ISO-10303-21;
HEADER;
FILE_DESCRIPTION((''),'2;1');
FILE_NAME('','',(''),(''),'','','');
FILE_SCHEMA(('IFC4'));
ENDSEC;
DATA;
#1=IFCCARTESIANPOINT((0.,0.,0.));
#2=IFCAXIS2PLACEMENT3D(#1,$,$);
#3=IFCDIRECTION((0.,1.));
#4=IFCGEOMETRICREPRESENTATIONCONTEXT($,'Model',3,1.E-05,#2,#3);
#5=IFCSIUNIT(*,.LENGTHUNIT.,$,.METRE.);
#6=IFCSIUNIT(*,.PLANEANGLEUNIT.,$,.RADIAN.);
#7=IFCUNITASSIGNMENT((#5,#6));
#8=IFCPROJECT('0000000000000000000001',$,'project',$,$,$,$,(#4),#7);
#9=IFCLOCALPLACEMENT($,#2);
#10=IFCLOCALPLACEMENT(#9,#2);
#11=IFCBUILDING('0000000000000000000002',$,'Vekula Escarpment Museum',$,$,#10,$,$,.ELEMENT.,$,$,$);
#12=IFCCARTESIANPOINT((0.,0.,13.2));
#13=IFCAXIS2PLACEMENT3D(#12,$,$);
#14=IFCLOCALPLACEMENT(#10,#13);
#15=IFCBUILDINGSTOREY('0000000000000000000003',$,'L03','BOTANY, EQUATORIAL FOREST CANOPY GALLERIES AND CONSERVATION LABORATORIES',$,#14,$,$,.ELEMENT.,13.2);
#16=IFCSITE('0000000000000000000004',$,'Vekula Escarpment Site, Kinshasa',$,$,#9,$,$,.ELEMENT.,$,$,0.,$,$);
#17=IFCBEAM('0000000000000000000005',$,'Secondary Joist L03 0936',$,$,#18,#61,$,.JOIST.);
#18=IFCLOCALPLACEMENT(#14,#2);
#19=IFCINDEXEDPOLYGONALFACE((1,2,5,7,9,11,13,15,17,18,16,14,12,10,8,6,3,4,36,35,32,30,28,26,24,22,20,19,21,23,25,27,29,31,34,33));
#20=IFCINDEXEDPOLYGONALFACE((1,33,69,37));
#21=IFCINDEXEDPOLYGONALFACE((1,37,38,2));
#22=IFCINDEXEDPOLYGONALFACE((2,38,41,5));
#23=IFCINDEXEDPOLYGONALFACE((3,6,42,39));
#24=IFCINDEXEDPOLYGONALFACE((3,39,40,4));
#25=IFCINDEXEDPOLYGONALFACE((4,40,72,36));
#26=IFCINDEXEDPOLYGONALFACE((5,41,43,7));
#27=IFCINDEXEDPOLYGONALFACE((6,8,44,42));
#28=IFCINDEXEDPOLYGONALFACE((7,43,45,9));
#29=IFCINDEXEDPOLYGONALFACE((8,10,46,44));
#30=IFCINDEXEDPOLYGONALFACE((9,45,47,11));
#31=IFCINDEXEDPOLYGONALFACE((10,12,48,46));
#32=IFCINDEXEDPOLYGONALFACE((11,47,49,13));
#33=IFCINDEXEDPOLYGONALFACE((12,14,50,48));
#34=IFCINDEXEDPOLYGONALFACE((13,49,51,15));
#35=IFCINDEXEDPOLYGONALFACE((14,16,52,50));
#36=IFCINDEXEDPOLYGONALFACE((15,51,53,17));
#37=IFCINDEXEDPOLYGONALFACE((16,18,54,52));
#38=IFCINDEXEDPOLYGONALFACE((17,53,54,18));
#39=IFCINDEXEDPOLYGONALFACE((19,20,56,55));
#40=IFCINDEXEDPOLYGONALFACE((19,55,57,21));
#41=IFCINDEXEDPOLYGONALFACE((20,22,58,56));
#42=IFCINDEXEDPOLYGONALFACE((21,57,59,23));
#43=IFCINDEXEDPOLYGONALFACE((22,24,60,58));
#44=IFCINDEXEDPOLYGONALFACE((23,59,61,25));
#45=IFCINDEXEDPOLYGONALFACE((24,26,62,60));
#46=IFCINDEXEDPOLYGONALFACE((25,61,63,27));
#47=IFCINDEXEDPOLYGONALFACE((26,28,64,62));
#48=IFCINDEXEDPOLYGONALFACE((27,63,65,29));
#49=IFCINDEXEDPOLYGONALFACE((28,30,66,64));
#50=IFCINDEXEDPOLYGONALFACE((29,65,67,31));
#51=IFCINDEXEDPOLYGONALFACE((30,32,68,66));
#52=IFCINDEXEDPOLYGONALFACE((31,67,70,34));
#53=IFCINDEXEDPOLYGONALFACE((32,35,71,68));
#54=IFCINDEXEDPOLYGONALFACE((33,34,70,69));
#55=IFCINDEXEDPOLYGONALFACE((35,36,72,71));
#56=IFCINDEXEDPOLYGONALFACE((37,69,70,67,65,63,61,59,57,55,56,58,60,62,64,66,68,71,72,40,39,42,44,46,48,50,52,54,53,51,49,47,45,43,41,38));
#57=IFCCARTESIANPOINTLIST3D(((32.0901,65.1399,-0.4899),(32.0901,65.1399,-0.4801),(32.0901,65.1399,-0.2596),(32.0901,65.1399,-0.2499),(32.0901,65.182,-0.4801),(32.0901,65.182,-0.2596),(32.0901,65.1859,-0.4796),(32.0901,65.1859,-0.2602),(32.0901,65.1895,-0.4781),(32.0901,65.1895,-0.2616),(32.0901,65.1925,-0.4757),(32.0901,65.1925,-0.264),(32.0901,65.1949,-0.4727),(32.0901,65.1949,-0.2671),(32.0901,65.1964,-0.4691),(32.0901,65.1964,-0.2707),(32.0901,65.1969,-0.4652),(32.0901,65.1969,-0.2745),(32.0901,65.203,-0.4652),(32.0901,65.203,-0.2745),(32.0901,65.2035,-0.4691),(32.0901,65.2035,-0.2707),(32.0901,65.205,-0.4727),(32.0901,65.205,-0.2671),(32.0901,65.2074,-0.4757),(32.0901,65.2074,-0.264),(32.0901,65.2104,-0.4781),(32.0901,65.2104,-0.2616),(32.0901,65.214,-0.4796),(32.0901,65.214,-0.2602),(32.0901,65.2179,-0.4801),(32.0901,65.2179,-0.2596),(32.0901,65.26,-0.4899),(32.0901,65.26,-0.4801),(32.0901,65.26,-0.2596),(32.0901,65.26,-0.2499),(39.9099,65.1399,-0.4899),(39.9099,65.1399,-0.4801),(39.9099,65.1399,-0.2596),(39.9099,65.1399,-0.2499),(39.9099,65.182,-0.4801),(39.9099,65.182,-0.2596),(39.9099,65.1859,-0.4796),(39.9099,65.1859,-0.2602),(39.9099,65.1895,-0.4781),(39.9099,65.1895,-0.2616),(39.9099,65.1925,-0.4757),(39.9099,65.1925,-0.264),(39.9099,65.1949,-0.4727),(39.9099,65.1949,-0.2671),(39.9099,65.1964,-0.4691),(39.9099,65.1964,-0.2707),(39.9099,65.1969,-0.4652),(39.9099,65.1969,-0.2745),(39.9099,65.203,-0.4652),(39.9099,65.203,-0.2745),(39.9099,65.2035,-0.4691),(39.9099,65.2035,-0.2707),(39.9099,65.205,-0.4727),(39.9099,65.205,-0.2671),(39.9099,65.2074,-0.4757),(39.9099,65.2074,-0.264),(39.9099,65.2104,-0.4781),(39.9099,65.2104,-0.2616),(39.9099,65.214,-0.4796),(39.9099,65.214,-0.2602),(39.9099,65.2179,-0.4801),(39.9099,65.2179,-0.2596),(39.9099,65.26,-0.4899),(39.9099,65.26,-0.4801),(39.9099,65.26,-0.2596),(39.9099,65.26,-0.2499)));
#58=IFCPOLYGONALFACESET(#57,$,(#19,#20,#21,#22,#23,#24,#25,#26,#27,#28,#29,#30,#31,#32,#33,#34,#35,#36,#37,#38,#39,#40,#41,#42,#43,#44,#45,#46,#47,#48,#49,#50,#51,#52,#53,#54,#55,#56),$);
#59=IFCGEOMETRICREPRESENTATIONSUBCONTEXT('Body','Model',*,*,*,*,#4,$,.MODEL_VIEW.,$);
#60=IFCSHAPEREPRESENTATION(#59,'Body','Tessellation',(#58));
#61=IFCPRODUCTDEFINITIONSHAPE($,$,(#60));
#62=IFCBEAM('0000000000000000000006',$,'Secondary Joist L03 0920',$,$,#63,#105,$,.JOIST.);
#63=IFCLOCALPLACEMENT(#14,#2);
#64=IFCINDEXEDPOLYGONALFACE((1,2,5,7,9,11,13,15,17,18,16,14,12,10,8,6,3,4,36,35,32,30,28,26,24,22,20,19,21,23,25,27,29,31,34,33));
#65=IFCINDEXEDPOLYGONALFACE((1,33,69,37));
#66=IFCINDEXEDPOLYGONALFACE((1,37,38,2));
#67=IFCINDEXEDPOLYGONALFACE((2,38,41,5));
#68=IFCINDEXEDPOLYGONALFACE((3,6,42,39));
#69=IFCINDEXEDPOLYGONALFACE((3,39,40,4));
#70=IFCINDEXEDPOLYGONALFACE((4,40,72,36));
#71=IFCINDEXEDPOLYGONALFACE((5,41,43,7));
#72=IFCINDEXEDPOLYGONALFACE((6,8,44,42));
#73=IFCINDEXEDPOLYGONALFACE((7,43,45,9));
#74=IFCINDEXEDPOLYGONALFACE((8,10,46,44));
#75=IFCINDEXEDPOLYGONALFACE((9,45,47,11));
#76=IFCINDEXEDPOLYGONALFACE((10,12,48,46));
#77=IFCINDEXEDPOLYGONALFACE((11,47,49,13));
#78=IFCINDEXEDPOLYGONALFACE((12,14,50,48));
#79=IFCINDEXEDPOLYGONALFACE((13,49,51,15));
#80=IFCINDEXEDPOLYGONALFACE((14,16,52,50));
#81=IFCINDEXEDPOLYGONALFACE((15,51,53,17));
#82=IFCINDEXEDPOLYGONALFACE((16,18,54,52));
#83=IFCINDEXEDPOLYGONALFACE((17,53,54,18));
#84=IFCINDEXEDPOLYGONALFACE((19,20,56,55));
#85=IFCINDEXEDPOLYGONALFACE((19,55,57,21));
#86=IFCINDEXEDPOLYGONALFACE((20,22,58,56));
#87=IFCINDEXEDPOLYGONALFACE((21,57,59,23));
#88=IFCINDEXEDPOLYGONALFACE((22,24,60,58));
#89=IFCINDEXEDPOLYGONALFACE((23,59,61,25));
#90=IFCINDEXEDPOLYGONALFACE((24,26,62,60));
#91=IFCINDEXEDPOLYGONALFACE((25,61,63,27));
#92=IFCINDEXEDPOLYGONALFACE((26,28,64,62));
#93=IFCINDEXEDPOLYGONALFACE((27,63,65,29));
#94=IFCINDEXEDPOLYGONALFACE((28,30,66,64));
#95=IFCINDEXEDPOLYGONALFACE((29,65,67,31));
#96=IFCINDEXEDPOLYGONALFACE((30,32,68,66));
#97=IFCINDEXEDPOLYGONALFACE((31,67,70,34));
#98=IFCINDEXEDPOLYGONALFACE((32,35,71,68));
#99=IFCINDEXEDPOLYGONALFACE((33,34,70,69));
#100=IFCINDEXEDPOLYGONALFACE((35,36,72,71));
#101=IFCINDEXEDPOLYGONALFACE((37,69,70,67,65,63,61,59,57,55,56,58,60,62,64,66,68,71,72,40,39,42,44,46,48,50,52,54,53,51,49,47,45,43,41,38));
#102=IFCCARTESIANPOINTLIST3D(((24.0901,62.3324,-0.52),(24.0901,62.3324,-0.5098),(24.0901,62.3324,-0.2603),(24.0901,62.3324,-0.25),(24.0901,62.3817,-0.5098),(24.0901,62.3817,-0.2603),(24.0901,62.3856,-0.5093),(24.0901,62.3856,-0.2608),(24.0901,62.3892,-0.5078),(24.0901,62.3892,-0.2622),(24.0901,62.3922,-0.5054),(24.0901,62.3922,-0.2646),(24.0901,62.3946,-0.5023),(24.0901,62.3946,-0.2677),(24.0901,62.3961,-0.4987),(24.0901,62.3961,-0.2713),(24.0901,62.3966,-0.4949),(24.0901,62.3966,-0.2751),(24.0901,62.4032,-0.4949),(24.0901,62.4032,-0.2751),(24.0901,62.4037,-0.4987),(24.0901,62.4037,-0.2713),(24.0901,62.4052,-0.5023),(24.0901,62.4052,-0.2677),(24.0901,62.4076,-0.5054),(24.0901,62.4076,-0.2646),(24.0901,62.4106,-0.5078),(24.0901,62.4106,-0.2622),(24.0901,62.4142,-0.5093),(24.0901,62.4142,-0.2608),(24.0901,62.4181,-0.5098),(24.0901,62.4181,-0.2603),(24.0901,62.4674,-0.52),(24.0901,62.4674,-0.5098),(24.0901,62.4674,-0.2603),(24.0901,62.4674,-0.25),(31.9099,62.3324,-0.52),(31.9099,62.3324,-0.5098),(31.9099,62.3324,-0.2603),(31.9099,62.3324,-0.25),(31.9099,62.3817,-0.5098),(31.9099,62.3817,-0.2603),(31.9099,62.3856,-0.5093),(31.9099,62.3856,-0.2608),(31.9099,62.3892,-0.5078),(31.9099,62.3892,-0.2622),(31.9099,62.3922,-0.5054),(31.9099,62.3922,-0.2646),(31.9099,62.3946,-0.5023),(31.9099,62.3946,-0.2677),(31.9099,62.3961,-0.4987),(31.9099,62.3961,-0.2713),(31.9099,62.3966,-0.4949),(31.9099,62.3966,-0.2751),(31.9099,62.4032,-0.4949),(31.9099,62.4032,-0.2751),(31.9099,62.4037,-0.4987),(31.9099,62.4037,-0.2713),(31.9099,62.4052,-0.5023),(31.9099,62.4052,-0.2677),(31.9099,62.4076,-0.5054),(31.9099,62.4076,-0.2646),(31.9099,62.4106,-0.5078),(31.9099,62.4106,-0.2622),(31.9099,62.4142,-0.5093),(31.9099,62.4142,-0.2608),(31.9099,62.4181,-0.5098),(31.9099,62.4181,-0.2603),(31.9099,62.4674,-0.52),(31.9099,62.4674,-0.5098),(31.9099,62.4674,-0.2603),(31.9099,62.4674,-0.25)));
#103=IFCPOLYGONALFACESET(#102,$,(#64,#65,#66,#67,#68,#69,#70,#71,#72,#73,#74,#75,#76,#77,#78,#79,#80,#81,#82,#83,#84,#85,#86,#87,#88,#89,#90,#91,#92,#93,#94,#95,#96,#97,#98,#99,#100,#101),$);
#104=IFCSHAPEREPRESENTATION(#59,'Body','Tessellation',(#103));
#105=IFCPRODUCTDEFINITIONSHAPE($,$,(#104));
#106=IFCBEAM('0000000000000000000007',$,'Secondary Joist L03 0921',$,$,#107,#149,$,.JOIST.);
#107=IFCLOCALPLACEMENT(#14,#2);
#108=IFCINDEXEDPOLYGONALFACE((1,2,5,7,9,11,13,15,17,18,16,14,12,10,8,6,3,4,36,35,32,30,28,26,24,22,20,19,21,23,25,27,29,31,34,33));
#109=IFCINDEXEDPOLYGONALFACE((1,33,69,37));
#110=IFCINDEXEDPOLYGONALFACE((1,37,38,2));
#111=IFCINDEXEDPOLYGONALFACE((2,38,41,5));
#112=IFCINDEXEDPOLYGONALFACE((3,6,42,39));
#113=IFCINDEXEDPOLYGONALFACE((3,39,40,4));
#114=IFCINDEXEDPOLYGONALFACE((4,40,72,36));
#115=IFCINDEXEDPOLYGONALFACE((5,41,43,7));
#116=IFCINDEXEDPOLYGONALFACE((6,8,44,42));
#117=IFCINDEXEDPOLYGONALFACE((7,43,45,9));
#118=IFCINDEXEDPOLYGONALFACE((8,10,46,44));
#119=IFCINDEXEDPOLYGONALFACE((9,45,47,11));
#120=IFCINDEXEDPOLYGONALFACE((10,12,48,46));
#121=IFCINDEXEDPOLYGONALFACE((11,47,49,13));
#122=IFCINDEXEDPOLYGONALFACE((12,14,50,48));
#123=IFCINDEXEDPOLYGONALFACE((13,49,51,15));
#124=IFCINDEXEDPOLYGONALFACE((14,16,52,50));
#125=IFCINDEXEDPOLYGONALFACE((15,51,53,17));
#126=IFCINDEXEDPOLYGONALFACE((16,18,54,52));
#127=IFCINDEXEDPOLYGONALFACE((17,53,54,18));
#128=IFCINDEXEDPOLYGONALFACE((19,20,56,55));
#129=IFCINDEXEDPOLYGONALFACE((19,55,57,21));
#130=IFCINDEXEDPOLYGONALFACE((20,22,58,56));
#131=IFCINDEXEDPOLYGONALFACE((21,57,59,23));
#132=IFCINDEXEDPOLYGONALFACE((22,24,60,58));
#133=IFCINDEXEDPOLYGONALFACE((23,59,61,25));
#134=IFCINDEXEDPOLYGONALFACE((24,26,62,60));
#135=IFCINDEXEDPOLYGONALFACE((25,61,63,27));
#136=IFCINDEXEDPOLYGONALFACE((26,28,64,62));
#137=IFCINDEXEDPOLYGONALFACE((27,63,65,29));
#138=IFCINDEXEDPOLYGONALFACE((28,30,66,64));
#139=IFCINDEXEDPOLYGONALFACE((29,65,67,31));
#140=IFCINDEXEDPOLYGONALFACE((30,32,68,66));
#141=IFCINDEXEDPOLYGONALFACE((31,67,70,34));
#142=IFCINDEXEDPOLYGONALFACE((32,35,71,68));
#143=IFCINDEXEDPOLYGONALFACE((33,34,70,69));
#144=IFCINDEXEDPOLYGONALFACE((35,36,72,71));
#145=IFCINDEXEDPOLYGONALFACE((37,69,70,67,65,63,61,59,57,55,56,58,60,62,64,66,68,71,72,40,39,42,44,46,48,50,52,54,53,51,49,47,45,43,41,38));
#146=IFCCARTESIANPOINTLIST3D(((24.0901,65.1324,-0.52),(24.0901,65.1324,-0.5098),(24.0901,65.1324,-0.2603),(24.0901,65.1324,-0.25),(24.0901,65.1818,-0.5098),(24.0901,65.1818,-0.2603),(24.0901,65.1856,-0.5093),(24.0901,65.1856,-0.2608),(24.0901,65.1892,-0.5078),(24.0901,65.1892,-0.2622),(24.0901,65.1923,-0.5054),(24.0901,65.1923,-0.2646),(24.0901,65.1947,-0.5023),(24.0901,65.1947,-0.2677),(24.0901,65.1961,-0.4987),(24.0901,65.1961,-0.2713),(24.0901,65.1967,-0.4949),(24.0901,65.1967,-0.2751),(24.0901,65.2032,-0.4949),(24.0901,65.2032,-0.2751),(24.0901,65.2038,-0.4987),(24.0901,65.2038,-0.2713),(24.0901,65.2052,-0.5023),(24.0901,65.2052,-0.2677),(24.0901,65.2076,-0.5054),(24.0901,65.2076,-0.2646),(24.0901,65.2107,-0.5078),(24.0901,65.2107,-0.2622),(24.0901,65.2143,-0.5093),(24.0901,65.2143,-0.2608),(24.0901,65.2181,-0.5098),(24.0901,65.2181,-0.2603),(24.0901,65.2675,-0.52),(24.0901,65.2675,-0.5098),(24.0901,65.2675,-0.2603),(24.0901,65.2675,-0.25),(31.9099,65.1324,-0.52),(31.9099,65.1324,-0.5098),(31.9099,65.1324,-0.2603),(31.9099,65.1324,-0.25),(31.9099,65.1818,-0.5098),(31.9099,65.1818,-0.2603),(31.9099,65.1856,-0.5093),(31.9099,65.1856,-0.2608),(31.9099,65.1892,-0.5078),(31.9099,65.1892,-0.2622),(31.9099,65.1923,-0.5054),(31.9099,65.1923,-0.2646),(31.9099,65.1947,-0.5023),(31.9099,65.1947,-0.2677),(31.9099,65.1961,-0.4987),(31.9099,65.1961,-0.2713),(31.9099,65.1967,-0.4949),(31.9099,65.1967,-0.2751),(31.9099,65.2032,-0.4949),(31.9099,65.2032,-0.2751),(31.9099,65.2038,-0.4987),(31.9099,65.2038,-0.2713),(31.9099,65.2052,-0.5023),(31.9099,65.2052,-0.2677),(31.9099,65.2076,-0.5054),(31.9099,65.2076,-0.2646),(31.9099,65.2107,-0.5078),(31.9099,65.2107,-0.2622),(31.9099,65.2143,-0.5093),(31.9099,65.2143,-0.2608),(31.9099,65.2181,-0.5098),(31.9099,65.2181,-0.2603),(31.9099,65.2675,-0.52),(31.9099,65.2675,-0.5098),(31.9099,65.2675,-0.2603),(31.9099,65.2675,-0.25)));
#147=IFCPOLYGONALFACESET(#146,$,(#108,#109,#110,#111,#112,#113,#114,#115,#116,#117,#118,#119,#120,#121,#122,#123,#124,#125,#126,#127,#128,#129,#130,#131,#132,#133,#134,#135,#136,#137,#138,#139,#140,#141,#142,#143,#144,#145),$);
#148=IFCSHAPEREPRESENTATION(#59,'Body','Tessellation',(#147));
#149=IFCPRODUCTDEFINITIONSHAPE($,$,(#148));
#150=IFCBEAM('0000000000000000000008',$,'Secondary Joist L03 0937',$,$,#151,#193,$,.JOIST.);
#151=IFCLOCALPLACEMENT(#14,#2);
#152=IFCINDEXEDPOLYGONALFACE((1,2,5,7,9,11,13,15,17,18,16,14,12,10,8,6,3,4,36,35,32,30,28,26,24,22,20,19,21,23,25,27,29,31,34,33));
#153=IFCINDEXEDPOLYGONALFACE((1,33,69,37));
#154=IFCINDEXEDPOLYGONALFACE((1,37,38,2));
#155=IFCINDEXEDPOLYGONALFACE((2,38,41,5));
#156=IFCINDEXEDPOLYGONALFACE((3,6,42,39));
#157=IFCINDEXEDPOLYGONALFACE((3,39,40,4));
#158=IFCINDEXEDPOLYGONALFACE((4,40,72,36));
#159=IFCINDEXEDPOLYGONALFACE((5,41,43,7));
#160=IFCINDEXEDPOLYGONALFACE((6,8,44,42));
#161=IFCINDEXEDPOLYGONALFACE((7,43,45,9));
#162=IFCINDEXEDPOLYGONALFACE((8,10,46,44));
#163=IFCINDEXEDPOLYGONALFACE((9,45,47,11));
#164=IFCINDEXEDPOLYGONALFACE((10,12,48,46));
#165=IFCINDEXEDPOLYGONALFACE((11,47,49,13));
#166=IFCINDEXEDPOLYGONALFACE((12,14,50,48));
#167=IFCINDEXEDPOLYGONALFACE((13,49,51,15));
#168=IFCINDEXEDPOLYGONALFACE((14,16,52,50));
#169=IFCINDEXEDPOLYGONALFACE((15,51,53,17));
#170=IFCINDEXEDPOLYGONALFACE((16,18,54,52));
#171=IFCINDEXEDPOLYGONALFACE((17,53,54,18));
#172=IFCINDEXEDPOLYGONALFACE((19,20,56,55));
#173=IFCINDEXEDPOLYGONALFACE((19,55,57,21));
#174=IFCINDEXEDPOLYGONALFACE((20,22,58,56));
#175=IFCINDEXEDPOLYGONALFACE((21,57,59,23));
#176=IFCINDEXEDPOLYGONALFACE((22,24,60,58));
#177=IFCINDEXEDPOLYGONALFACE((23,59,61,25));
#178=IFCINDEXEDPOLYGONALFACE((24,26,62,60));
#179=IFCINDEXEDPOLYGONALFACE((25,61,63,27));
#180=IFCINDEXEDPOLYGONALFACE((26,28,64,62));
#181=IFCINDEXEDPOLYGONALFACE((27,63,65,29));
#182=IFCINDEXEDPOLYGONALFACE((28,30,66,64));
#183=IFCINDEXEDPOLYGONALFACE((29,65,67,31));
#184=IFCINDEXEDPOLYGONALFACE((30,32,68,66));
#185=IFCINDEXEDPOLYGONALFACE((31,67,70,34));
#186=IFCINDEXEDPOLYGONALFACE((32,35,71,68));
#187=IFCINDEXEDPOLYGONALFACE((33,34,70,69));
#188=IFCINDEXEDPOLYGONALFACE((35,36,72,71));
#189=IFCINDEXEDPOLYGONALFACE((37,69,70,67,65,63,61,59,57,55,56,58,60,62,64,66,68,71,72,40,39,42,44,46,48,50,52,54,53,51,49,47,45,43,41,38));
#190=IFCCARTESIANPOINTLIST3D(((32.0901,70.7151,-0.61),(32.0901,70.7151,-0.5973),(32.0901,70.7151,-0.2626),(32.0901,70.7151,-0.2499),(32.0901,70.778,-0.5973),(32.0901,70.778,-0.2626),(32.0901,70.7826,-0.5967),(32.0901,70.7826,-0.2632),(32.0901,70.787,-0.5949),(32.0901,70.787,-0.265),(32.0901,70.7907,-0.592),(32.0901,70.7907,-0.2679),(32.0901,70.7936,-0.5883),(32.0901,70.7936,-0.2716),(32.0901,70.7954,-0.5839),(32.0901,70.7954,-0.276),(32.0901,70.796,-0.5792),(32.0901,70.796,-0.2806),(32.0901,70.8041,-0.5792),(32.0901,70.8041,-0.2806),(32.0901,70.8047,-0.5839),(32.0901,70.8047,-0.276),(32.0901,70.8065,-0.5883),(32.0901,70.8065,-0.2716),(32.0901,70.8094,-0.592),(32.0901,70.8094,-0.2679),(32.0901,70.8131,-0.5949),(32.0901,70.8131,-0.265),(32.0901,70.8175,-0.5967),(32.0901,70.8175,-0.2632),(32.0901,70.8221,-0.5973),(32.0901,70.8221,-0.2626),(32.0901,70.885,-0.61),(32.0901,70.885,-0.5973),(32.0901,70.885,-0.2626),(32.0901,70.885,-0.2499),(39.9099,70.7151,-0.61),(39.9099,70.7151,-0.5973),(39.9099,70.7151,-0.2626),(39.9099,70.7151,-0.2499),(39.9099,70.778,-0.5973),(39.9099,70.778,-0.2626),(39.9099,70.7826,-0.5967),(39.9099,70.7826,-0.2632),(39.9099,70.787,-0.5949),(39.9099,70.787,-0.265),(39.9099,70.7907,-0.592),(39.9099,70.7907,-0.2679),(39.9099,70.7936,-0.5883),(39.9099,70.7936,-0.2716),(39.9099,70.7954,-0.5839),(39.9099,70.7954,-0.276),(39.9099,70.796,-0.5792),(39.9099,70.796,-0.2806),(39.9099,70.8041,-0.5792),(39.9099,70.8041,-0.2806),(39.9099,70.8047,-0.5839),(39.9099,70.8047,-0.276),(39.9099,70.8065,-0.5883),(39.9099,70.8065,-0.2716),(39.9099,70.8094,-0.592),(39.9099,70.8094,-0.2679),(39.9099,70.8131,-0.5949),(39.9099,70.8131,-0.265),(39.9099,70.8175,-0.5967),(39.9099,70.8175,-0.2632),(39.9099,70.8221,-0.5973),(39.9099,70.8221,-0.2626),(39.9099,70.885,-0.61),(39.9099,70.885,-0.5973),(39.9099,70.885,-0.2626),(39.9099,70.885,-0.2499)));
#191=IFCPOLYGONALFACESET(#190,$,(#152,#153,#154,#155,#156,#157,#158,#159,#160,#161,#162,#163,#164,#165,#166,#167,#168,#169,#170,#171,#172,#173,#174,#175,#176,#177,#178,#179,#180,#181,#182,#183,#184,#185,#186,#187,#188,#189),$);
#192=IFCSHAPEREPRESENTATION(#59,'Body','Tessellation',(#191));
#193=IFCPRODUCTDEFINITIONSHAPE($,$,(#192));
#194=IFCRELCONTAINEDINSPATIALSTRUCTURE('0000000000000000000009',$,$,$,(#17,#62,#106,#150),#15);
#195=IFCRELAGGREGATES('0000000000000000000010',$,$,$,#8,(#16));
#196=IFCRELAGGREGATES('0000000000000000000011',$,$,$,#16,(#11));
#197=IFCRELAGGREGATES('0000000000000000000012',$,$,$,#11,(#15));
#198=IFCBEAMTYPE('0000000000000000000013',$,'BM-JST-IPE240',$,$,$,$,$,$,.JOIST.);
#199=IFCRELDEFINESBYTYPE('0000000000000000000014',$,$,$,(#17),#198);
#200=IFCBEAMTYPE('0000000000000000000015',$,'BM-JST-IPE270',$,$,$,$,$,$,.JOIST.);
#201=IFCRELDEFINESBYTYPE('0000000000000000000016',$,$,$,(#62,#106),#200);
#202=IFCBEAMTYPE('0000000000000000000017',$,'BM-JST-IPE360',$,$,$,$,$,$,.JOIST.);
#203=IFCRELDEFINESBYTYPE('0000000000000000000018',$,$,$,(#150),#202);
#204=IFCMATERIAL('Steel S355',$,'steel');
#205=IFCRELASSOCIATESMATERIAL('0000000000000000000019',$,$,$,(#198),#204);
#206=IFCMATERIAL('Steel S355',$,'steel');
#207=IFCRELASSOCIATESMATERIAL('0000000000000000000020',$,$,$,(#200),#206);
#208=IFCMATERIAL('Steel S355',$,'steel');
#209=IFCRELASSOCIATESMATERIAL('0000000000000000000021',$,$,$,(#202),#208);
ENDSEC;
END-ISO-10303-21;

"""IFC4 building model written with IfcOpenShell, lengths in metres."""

from ifc_helpers import new_model, si_unit, direction, frame, origin, origin_2d, place, context, subcontext, project, spatial, i_section, extrude, material, material_profile, profile_set, type_object, element, save


model = new_model("IFC4")

# Units and contexts
model_context = context("Model", 3, precision=1e-05, world=origin(), true_north=direction((0.0, 1.0)))
body_context = subcontext(model_context, "Body", "Model", "MODEL_VIEW")
ifc_project = project(units=[si_unit("LENGTHUNIT", "METRE"), si_unit("PLANEANGLEUNIT", "RADIAN")], contexts=[model_context])

# Site, building, storey
site_placement = place(None, origin())
site = spatial("IfcSite", under=ifc_project, at=site_placement, Name="Vekula Escarpment Site, Kinshasa", CompositionType="ELEMENT", RefElevation=0.0)
building_placement = place(site_placement, origin())
building = spatial("IfcBuilding", under=site, at=building_placement, Name="Vekula Escarpment Museum", CompositionType="ELEMENT")
storey_placement = place(building_placement, frame((0.0, 0.0, 13.2)))
storey = spatial("IfcBuildingStorey", under=building, at=storey_placement, Name="L03", Description="BOTANY, EQUATORIAL FOREST CANOPY GALLERIES AND CONSERVATION LABORATORIES", CompositionType="ELEMENT", Elevation=13.2)

# Beams
ifc_material_1 = material(Name="Steel S355", Category="steel")
ifc_material_profile_1 = material_profile(ifc_material_1, i_section(OverallWidth=0.1201, OverallDepth=0.24, WebThickness=0.0061, FlangeThickness=0.0098, FilletRadius=0.0149, at=origin_2d()), Name="IPE 240")
ifc_profile_set_1 = profile_set([ifc_material_profile_1], Name="Steel S355")
beam_type_1 = type_object("IfcBeamType", Name="BM-JST-IPE240", PredefinedType="JOIST", material=ifc_profile_set_1)
for number, where, z_axis, x_axis, name in (
    (1, (32.0901, 65.2, -0.3699), (1.0, 0.0, 0.0), (0.0, 1.0, 0.0), "Secondary Joist L03 0936"),
):
    element("IfcBeam", number, at=place(storey_placement, frame(where, z_axis=z_axis, x_axis=x_axis)), inside=storey, type_object=beam_type_1, Name=name, PredefinedType="JOIST", context=body_context, shape_type="SweptSolid", body=[
        extrude(i_section(OverallWidth=0.1201, OverallDepth=0.24, WebThickness=0.0061, FlangeThickness=0.0098, FilletRadius=0.0149, at=origin_2d()), origin(), (0.0, 0.0, 1.0), 7.8198),
    ])
ifc_material_2 = material(Name="Steel S355", Category="steel")
ifc_material_profile_2 = material_profile(ifc_material_2, i_section(OverallWidth=0.135, OverallDepth=0.27, WebThickness=0.0066, FlangeThickness=0.0103, FilletRadius=0.0149, at=origin_2d()), Name="IPE 270")
ifc_profile_set_2 = profile_set([ifc_material_profile_2], Name="Steel S355")
beam_type_2 = type_object("IfcBeamType", Name="BM-JST-IPE270", PredefinedType="JOIST", material=ifc_profile_set_2)
for number, where, z_axis, x_axis, name in (
    (2, (24.0901, 62.3999, -0.385), (1.0, 0.0, 0.0), (0.0, 1.0, 0.0), "Secondary Joist L03 0920"),
    (3, (24.0901, 65.2, -0.385), (1.0, 0.0, 0.0), (0.0, 1.0, 0.0), "Secondary Joist L03 0921"),
):
    element("IfcBeam", number, at=place(storey_placement, frame(where, z_axis=z_axis, x_axis=x_axis)), inside=storey, type_object=beam_type_2, Name=name, PredefinedType="JOIST", context=body_context, shape_type="SweptSolid", body=[
        extrude(i_section(OverallWidth=0.135, OverallDepth=0.27, WebThickness=0.0066, FlangeThickness=0.0103, FilletRadius=0.0149, at=origin_2d()), origin(), (0.0, 0.0, 1.0), 7.8198),
    ])
ifc_material_3 = material(Name="Steel S355", Category="steel")
ifc_material_profile_3 = material_profile(ifc_material_3, i_section(OverallWidth=0.1699, OverallDepth=0.3601, WebThickness=0.0081, FlangeThickness=0.0127, FilletRadius=0.0181, at=origin_2d()), Name="IPE 360")
ifc_profile_set_3 = profile_set([ifc_material_profile_3], Name="Steel S355")
beam_type_3 = type_object("IfcBeamType", Name="BM-JST-IPE360", PredefinedType="JOIST", material=ifc_profile_set_3)
for number, where, z_axis, x_axis, name in (
    (4, (32.0901, 70.8, -0.4299), (1.0, 0.0, 0.0), (0.0, 1.0, 0.0), "Secondary Joist L03 0937"),
):
    element("IfcBeam", number, at=place(storey_placement, frame(where, z_axis=z_axis, x_axis=x_axis)), inside=storey, type_object=beam_type_3, Name=name, PredefinedType="JOIST", context=body_context, shape_type="SweptSolid", body=[
        extrude(i_section(OverallWidth=0.1699, OverallDepth=0.3601, WebThickness=0.0081, FlangeThickness=0.0127, FilletRadius=0.0181, at=origin_2d()), origin(), (0.0, 0.0, 1.0), 7.8198),
    ])

save(model, "model.ifc")
